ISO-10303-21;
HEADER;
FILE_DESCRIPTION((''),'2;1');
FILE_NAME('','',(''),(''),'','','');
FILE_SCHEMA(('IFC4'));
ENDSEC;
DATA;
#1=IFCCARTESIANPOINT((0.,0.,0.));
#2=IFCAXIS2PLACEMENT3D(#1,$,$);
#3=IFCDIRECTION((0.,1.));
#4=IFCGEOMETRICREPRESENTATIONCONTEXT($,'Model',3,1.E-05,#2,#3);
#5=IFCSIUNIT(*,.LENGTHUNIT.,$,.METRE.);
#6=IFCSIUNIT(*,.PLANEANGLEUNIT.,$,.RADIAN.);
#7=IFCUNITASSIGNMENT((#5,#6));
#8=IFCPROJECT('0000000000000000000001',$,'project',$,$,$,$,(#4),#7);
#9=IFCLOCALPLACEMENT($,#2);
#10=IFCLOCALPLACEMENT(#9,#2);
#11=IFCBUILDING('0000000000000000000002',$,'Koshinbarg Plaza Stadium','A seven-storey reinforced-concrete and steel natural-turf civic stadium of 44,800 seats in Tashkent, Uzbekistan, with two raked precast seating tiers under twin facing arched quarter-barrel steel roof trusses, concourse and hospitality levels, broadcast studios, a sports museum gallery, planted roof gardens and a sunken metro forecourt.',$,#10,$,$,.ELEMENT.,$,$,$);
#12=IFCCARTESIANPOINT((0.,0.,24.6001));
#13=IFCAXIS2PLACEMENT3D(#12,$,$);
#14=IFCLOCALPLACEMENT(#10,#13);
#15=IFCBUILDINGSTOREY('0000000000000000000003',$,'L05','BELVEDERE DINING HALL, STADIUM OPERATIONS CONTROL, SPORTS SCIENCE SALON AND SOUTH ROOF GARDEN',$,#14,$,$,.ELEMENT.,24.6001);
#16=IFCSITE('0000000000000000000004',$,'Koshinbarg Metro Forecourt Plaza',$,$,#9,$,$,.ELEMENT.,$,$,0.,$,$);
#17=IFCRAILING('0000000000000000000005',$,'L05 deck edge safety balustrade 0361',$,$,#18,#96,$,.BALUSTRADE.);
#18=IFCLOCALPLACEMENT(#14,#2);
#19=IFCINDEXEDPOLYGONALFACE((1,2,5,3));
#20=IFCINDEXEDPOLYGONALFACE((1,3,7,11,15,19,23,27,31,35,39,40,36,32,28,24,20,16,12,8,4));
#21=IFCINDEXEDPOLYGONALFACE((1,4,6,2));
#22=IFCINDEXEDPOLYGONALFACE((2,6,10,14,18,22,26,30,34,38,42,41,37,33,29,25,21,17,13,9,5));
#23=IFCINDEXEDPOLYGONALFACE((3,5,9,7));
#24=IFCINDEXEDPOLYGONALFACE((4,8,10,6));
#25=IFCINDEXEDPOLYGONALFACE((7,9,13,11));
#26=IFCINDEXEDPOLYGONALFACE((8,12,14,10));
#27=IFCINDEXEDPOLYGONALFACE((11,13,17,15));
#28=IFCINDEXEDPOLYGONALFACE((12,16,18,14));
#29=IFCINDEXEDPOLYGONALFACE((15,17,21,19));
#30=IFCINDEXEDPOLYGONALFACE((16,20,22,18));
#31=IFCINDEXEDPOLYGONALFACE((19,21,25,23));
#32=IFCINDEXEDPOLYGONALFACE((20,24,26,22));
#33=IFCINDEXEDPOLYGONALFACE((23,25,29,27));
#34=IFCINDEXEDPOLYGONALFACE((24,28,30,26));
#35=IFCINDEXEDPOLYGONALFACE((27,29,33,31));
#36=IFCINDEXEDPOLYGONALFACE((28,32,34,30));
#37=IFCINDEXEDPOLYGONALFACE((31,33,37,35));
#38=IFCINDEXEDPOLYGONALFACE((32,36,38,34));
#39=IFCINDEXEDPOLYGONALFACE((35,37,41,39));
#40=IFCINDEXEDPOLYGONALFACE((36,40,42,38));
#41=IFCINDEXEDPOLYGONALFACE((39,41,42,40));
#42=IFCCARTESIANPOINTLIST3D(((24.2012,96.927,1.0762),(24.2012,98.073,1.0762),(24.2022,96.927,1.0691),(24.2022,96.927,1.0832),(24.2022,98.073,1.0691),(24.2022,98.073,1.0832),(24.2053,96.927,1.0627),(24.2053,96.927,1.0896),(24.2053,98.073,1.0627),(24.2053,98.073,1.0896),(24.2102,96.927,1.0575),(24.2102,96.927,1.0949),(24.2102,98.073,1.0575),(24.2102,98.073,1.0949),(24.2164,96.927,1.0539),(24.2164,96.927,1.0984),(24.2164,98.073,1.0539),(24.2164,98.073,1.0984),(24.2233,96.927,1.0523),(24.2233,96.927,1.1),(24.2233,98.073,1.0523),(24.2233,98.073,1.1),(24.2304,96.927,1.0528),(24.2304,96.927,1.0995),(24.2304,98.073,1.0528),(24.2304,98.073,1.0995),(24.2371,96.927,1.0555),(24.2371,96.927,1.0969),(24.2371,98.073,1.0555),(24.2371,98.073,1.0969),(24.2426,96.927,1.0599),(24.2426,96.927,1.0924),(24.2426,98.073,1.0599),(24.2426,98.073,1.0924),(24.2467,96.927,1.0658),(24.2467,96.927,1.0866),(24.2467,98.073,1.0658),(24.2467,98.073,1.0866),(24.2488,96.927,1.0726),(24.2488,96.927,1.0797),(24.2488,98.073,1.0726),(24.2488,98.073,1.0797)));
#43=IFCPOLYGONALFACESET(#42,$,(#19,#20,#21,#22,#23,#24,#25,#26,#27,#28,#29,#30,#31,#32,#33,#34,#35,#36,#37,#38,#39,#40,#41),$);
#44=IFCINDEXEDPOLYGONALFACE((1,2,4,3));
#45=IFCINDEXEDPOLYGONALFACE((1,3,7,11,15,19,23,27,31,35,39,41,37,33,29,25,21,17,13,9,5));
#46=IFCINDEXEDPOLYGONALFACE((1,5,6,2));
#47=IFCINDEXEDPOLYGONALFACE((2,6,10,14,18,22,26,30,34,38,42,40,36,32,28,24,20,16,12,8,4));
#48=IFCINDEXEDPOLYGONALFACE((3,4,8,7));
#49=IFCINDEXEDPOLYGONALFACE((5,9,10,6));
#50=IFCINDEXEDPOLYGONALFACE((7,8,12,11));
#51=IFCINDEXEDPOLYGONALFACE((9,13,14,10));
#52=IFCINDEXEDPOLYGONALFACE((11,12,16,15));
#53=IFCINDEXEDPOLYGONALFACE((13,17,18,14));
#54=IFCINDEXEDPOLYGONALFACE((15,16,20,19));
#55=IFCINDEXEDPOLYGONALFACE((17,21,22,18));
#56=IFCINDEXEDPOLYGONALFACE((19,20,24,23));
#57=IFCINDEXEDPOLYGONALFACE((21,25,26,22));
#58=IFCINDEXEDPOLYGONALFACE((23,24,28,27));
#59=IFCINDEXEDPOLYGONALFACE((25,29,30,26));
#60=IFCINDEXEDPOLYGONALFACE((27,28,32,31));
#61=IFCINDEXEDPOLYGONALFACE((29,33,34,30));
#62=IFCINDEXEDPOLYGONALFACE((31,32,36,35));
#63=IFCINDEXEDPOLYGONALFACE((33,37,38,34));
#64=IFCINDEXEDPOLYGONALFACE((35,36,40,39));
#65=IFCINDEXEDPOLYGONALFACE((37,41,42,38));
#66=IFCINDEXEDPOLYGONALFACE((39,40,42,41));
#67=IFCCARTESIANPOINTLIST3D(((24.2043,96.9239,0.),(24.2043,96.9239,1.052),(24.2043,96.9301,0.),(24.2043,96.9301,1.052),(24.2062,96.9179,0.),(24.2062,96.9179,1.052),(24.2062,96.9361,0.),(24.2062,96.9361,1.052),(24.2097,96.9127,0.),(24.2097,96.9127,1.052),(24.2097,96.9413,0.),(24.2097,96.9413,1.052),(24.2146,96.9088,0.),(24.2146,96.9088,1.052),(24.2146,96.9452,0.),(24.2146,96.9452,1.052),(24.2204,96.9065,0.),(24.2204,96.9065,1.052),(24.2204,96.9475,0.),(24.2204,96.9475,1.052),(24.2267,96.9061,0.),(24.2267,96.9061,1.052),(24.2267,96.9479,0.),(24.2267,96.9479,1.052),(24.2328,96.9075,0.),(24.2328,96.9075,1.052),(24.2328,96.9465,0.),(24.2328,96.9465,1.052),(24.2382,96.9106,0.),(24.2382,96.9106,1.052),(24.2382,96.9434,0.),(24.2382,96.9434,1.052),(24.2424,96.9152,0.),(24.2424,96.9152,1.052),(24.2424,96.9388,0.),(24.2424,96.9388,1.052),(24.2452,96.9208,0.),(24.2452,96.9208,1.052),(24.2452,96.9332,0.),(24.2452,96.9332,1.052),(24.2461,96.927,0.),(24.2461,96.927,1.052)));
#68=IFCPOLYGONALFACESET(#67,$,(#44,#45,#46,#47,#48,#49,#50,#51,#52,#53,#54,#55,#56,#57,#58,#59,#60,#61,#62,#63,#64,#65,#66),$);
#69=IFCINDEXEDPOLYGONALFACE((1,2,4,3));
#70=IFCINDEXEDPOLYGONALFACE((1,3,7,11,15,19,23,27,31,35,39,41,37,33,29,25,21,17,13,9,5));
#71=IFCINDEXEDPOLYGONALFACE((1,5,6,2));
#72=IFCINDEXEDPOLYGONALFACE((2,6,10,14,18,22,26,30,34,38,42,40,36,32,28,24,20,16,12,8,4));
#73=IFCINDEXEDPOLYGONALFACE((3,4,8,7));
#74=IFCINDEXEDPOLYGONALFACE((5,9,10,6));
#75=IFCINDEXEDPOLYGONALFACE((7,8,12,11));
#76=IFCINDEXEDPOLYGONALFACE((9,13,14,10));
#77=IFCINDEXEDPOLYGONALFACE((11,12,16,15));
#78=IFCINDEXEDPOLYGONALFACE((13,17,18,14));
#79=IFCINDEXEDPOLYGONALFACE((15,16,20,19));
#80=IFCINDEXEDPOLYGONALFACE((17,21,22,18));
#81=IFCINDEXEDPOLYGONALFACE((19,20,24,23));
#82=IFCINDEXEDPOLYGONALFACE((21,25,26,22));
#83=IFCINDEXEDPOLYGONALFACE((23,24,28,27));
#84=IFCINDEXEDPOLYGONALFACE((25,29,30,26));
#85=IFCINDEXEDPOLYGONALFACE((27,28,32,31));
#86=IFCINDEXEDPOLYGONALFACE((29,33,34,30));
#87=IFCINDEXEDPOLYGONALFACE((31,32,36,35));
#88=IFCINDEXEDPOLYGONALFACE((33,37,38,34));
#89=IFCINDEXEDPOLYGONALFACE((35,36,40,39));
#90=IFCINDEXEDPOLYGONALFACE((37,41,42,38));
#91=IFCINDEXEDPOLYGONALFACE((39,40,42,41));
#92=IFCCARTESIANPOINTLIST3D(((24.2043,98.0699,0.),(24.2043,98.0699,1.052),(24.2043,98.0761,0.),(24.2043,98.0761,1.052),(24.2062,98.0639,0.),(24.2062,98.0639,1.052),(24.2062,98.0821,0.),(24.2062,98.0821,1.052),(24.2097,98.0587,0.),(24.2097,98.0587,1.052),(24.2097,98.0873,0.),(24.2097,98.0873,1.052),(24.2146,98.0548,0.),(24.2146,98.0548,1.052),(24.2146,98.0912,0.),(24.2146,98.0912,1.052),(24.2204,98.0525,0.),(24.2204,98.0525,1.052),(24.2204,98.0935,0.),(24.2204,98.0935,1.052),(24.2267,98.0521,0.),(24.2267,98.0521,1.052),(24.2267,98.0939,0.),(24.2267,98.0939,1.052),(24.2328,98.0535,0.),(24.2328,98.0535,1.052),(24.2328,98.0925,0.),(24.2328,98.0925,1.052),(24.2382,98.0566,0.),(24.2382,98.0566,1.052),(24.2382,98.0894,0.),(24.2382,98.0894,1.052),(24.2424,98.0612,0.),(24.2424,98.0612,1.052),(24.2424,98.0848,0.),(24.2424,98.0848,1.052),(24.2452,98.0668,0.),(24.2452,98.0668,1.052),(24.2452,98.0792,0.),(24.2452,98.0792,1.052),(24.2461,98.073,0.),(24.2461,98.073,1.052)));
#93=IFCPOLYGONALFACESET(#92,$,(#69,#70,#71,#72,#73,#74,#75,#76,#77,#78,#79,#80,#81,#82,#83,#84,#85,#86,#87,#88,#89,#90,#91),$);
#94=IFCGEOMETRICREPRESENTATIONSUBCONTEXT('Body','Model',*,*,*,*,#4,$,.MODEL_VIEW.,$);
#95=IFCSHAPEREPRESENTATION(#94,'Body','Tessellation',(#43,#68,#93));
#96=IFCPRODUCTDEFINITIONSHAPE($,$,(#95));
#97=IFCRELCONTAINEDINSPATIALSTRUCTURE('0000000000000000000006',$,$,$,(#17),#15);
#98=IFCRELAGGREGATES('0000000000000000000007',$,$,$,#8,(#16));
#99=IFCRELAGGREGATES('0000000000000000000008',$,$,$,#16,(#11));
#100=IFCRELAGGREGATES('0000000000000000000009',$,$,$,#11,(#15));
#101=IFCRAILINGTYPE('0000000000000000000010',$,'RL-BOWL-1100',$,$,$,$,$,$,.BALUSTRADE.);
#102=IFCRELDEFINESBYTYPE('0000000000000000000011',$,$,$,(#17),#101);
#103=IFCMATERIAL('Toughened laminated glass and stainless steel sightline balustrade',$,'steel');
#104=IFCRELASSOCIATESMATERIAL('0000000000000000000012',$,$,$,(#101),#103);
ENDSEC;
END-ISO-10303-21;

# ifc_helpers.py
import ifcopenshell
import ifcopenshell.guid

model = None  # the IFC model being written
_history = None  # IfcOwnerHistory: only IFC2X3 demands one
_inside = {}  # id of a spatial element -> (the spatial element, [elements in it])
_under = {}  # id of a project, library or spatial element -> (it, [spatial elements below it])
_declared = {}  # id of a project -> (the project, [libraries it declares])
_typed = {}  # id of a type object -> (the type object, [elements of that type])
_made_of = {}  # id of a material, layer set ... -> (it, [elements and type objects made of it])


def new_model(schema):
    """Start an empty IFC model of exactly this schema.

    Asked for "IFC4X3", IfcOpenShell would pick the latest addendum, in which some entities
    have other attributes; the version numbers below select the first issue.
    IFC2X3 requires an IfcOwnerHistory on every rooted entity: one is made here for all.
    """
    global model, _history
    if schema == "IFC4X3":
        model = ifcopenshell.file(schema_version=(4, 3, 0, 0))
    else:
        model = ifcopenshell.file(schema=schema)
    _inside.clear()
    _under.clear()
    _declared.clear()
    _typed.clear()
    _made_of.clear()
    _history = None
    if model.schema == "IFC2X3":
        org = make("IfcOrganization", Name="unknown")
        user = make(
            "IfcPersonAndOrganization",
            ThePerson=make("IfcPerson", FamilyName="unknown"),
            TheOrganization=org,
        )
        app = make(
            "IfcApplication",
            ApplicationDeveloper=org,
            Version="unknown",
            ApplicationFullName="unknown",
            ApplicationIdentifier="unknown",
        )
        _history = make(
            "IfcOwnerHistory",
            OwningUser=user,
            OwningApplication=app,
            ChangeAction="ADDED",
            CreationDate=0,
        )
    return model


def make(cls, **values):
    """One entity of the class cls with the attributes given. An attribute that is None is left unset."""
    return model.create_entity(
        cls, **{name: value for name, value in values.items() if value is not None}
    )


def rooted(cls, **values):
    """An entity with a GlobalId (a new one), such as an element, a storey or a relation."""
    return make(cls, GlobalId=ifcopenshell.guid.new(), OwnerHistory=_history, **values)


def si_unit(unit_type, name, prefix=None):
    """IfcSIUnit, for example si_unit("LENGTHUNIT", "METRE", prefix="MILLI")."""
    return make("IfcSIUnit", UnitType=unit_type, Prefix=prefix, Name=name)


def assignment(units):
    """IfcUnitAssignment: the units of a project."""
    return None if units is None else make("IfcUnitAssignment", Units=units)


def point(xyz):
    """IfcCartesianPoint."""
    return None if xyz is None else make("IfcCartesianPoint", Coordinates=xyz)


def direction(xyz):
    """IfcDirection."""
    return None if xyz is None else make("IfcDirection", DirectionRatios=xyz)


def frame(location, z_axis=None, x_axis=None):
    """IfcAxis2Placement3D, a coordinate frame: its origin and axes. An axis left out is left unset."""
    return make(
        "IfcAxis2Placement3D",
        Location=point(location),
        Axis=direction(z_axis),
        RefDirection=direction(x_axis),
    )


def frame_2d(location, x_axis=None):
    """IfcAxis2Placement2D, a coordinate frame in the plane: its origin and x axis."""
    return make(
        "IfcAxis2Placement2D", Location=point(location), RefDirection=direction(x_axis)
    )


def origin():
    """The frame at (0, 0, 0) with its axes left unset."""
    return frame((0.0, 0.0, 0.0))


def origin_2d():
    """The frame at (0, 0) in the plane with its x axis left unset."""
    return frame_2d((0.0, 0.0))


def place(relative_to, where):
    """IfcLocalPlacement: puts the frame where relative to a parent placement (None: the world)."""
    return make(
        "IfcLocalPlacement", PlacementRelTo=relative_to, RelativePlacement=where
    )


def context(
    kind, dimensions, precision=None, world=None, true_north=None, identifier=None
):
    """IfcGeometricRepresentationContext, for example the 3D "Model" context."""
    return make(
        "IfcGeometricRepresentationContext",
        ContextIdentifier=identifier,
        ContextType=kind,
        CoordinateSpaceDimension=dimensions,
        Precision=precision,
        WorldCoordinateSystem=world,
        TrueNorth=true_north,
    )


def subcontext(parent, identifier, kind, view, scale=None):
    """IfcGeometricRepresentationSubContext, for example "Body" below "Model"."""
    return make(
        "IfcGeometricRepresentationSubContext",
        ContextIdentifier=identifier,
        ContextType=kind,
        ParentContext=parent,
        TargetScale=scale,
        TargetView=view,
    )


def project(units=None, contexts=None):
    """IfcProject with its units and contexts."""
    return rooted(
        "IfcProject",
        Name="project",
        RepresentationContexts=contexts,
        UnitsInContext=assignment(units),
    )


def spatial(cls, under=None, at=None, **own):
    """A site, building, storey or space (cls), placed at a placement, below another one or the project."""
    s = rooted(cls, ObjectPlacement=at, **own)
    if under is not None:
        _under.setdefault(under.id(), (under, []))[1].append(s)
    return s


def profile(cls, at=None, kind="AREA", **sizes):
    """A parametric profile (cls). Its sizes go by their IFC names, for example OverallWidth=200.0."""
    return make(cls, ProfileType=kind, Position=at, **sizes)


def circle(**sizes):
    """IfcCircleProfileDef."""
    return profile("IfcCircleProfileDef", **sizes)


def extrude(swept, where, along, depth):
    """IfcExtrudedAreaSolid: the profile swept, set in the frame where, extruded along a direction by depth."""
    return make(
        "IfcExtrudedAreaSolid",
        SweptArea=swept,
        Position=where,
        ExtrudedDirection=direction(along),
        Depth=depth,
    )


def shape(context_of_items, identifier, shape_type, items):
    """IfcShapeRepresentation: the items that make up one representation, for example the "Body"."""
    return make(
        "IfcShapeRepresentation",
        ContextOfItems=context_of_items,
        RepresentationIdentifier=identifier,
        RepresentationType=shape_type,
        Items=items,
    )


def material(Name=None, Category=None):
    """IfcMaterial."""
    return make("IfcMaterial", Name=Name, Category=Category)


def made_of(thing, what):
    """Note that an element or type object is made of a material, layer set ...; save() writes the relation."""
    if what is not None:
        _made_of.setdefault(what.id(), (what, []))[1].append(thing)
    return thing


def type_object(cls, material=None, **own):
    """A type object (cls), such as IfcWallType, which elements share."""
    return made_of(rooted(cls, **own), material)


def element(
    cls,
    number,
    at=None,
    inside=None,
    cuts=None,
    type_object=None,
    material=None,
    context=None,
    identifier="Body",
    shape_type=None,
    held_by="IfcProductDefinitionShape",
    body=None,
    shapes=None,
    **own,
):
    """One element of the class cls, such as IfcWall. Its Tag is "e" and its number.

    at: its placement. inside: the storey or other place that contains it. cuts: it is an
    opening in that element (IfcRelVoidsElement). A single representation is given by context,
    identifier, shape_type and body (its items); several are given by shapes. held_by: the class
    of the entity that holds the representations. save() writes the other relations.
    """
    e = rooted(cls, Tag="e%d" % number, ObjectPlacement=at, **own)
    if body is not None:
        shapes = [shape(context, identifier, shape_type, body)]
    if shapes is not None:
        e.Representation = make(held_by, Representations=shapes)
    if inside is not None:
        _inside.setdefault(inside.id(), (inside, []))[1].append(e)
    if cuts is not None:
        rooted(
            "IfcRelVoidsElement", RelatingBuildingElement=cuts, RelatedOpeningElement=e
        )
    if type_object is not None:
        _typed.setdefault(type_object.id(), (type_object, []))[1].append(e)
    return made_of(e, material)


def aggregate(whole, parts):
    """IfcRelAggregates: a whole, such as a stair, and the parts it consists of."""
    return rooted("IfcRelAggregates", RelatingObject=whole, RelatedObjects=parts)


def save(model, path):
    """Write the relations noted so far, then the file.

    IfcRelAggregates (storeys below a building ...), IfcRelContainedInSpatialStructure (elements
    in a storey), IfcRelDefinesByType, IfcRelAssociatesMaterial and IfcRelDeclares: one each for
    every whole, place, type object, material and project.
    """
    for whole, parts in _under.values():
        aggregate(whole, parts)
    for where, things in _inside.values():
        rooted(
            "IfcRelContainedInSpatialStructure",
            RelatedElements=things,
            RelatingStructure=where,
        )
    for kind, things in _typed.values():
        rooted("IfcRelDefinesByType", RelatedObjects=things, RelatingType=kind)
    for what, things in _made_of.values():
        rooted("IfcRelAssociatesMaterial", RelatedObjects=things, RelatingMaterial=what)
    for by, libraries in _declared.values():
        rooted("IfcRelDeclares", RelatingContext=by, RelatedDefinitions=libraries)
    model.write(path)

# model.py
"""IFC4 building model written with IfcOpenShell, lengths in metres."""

from ifc_helpers import new_model, si_unit, direction, frame, origin, origin_2d, place, context, subcontext, project, spatial, circle, extrude, material, type_object, element, save


model = new_model("IFC4")

# Units and contexts
model_context = context("Model", 3, precision=1e-05, world=origin(), true_north=direction((0.0, 1.0)))
body_context = subcontext(model_context, "Body", "Model", "MODEL_VIEW")
ifc_project = project(units=[si_unit("LENGTHUNIT", "METRE"), si_unit("PLANEANGLEUNIT", "RADIAN")], contexts=[model_context])

# Site, building, storey
site_placement = place(None, origin())
site = spatial("IfcSite", under=ifc_project, at=site_placement, Name="Koshinbarg Metro Forecourt Plaza", CompositionType="ELEMENT", RefElevation=0.0)
building_placement = place(site_placement, origin())
building = spatial("IfcBuilding", under=site, at=building_placement, Name="Koshinbarg Plaza Stadium", Description="A seven-storey reinforced-concrete and steel natural-turf civic stadium of 44,800 seats in Tashkent, Uzbekistan, with two raked precast seating tiers under twin facing arched quarter-barrel steel roof trusses, concourse and hospitality levels, broadcast studios, a sports museum gallery, planted roof gardens and a sunken metro forecourt.", CompositionType="ELEMENT")
storey_placement = place(building_placement, frame((0.0, 0.0, 24.6001)))
storey = spatial("IfcBuildingStorey", under=building, at=storey_placement, Name="L05", Description="BELVEDERE DINING HALL, STADIUM OPERATIONS CONTROL, SPORTS SCIENCE SALON AND SOUTH ROOF GARDEN", CompositionType="ELEMENT", Elevation=24.6001)

# Railing
ifc_material_1 = material(Name="Toughened laminated glass and stainless steel sightline balustrade", Category="steel")
railing_type_1 = type_object("IfcRailingType", Name="RL-BOWL-1100", PredefinedType="BALUSTRADE", material=ifc_material_1)
railing_1_placement = place(storey_placement, frame((24.2251, 96.927, 0.0)))
element("IfcRailing", 1, at=railing_1_placement, inside=storey, type_object=railing_type_1, Name="L05 deck edge safety balustrade 0361", PredefinedType="BALUSTRADE", context=body_context, shape_type="SweptSolid", body=[
    extrude(circle(Radius=0.0239, at=origin_2d()), frame((0.0, 0.0, 1.0762), z_axis=(0.0, 1.0, 0.0), x_axis=(-1.0, 0.0, 0.0)), (0.0, 0.0, 1.0), 1.146),
    extrude(circle(Radius=0.021, at=origin_2d()), origin(), (0.0, 0.0, 1.0), 1.052),
    extrude(circle(Radius=0.021, at=origin_2d()), frame((0.0, 1.146, 0.0)), (0.0, 0.0, 1.0), 1.052),
])

save(model, "model.ifc")
